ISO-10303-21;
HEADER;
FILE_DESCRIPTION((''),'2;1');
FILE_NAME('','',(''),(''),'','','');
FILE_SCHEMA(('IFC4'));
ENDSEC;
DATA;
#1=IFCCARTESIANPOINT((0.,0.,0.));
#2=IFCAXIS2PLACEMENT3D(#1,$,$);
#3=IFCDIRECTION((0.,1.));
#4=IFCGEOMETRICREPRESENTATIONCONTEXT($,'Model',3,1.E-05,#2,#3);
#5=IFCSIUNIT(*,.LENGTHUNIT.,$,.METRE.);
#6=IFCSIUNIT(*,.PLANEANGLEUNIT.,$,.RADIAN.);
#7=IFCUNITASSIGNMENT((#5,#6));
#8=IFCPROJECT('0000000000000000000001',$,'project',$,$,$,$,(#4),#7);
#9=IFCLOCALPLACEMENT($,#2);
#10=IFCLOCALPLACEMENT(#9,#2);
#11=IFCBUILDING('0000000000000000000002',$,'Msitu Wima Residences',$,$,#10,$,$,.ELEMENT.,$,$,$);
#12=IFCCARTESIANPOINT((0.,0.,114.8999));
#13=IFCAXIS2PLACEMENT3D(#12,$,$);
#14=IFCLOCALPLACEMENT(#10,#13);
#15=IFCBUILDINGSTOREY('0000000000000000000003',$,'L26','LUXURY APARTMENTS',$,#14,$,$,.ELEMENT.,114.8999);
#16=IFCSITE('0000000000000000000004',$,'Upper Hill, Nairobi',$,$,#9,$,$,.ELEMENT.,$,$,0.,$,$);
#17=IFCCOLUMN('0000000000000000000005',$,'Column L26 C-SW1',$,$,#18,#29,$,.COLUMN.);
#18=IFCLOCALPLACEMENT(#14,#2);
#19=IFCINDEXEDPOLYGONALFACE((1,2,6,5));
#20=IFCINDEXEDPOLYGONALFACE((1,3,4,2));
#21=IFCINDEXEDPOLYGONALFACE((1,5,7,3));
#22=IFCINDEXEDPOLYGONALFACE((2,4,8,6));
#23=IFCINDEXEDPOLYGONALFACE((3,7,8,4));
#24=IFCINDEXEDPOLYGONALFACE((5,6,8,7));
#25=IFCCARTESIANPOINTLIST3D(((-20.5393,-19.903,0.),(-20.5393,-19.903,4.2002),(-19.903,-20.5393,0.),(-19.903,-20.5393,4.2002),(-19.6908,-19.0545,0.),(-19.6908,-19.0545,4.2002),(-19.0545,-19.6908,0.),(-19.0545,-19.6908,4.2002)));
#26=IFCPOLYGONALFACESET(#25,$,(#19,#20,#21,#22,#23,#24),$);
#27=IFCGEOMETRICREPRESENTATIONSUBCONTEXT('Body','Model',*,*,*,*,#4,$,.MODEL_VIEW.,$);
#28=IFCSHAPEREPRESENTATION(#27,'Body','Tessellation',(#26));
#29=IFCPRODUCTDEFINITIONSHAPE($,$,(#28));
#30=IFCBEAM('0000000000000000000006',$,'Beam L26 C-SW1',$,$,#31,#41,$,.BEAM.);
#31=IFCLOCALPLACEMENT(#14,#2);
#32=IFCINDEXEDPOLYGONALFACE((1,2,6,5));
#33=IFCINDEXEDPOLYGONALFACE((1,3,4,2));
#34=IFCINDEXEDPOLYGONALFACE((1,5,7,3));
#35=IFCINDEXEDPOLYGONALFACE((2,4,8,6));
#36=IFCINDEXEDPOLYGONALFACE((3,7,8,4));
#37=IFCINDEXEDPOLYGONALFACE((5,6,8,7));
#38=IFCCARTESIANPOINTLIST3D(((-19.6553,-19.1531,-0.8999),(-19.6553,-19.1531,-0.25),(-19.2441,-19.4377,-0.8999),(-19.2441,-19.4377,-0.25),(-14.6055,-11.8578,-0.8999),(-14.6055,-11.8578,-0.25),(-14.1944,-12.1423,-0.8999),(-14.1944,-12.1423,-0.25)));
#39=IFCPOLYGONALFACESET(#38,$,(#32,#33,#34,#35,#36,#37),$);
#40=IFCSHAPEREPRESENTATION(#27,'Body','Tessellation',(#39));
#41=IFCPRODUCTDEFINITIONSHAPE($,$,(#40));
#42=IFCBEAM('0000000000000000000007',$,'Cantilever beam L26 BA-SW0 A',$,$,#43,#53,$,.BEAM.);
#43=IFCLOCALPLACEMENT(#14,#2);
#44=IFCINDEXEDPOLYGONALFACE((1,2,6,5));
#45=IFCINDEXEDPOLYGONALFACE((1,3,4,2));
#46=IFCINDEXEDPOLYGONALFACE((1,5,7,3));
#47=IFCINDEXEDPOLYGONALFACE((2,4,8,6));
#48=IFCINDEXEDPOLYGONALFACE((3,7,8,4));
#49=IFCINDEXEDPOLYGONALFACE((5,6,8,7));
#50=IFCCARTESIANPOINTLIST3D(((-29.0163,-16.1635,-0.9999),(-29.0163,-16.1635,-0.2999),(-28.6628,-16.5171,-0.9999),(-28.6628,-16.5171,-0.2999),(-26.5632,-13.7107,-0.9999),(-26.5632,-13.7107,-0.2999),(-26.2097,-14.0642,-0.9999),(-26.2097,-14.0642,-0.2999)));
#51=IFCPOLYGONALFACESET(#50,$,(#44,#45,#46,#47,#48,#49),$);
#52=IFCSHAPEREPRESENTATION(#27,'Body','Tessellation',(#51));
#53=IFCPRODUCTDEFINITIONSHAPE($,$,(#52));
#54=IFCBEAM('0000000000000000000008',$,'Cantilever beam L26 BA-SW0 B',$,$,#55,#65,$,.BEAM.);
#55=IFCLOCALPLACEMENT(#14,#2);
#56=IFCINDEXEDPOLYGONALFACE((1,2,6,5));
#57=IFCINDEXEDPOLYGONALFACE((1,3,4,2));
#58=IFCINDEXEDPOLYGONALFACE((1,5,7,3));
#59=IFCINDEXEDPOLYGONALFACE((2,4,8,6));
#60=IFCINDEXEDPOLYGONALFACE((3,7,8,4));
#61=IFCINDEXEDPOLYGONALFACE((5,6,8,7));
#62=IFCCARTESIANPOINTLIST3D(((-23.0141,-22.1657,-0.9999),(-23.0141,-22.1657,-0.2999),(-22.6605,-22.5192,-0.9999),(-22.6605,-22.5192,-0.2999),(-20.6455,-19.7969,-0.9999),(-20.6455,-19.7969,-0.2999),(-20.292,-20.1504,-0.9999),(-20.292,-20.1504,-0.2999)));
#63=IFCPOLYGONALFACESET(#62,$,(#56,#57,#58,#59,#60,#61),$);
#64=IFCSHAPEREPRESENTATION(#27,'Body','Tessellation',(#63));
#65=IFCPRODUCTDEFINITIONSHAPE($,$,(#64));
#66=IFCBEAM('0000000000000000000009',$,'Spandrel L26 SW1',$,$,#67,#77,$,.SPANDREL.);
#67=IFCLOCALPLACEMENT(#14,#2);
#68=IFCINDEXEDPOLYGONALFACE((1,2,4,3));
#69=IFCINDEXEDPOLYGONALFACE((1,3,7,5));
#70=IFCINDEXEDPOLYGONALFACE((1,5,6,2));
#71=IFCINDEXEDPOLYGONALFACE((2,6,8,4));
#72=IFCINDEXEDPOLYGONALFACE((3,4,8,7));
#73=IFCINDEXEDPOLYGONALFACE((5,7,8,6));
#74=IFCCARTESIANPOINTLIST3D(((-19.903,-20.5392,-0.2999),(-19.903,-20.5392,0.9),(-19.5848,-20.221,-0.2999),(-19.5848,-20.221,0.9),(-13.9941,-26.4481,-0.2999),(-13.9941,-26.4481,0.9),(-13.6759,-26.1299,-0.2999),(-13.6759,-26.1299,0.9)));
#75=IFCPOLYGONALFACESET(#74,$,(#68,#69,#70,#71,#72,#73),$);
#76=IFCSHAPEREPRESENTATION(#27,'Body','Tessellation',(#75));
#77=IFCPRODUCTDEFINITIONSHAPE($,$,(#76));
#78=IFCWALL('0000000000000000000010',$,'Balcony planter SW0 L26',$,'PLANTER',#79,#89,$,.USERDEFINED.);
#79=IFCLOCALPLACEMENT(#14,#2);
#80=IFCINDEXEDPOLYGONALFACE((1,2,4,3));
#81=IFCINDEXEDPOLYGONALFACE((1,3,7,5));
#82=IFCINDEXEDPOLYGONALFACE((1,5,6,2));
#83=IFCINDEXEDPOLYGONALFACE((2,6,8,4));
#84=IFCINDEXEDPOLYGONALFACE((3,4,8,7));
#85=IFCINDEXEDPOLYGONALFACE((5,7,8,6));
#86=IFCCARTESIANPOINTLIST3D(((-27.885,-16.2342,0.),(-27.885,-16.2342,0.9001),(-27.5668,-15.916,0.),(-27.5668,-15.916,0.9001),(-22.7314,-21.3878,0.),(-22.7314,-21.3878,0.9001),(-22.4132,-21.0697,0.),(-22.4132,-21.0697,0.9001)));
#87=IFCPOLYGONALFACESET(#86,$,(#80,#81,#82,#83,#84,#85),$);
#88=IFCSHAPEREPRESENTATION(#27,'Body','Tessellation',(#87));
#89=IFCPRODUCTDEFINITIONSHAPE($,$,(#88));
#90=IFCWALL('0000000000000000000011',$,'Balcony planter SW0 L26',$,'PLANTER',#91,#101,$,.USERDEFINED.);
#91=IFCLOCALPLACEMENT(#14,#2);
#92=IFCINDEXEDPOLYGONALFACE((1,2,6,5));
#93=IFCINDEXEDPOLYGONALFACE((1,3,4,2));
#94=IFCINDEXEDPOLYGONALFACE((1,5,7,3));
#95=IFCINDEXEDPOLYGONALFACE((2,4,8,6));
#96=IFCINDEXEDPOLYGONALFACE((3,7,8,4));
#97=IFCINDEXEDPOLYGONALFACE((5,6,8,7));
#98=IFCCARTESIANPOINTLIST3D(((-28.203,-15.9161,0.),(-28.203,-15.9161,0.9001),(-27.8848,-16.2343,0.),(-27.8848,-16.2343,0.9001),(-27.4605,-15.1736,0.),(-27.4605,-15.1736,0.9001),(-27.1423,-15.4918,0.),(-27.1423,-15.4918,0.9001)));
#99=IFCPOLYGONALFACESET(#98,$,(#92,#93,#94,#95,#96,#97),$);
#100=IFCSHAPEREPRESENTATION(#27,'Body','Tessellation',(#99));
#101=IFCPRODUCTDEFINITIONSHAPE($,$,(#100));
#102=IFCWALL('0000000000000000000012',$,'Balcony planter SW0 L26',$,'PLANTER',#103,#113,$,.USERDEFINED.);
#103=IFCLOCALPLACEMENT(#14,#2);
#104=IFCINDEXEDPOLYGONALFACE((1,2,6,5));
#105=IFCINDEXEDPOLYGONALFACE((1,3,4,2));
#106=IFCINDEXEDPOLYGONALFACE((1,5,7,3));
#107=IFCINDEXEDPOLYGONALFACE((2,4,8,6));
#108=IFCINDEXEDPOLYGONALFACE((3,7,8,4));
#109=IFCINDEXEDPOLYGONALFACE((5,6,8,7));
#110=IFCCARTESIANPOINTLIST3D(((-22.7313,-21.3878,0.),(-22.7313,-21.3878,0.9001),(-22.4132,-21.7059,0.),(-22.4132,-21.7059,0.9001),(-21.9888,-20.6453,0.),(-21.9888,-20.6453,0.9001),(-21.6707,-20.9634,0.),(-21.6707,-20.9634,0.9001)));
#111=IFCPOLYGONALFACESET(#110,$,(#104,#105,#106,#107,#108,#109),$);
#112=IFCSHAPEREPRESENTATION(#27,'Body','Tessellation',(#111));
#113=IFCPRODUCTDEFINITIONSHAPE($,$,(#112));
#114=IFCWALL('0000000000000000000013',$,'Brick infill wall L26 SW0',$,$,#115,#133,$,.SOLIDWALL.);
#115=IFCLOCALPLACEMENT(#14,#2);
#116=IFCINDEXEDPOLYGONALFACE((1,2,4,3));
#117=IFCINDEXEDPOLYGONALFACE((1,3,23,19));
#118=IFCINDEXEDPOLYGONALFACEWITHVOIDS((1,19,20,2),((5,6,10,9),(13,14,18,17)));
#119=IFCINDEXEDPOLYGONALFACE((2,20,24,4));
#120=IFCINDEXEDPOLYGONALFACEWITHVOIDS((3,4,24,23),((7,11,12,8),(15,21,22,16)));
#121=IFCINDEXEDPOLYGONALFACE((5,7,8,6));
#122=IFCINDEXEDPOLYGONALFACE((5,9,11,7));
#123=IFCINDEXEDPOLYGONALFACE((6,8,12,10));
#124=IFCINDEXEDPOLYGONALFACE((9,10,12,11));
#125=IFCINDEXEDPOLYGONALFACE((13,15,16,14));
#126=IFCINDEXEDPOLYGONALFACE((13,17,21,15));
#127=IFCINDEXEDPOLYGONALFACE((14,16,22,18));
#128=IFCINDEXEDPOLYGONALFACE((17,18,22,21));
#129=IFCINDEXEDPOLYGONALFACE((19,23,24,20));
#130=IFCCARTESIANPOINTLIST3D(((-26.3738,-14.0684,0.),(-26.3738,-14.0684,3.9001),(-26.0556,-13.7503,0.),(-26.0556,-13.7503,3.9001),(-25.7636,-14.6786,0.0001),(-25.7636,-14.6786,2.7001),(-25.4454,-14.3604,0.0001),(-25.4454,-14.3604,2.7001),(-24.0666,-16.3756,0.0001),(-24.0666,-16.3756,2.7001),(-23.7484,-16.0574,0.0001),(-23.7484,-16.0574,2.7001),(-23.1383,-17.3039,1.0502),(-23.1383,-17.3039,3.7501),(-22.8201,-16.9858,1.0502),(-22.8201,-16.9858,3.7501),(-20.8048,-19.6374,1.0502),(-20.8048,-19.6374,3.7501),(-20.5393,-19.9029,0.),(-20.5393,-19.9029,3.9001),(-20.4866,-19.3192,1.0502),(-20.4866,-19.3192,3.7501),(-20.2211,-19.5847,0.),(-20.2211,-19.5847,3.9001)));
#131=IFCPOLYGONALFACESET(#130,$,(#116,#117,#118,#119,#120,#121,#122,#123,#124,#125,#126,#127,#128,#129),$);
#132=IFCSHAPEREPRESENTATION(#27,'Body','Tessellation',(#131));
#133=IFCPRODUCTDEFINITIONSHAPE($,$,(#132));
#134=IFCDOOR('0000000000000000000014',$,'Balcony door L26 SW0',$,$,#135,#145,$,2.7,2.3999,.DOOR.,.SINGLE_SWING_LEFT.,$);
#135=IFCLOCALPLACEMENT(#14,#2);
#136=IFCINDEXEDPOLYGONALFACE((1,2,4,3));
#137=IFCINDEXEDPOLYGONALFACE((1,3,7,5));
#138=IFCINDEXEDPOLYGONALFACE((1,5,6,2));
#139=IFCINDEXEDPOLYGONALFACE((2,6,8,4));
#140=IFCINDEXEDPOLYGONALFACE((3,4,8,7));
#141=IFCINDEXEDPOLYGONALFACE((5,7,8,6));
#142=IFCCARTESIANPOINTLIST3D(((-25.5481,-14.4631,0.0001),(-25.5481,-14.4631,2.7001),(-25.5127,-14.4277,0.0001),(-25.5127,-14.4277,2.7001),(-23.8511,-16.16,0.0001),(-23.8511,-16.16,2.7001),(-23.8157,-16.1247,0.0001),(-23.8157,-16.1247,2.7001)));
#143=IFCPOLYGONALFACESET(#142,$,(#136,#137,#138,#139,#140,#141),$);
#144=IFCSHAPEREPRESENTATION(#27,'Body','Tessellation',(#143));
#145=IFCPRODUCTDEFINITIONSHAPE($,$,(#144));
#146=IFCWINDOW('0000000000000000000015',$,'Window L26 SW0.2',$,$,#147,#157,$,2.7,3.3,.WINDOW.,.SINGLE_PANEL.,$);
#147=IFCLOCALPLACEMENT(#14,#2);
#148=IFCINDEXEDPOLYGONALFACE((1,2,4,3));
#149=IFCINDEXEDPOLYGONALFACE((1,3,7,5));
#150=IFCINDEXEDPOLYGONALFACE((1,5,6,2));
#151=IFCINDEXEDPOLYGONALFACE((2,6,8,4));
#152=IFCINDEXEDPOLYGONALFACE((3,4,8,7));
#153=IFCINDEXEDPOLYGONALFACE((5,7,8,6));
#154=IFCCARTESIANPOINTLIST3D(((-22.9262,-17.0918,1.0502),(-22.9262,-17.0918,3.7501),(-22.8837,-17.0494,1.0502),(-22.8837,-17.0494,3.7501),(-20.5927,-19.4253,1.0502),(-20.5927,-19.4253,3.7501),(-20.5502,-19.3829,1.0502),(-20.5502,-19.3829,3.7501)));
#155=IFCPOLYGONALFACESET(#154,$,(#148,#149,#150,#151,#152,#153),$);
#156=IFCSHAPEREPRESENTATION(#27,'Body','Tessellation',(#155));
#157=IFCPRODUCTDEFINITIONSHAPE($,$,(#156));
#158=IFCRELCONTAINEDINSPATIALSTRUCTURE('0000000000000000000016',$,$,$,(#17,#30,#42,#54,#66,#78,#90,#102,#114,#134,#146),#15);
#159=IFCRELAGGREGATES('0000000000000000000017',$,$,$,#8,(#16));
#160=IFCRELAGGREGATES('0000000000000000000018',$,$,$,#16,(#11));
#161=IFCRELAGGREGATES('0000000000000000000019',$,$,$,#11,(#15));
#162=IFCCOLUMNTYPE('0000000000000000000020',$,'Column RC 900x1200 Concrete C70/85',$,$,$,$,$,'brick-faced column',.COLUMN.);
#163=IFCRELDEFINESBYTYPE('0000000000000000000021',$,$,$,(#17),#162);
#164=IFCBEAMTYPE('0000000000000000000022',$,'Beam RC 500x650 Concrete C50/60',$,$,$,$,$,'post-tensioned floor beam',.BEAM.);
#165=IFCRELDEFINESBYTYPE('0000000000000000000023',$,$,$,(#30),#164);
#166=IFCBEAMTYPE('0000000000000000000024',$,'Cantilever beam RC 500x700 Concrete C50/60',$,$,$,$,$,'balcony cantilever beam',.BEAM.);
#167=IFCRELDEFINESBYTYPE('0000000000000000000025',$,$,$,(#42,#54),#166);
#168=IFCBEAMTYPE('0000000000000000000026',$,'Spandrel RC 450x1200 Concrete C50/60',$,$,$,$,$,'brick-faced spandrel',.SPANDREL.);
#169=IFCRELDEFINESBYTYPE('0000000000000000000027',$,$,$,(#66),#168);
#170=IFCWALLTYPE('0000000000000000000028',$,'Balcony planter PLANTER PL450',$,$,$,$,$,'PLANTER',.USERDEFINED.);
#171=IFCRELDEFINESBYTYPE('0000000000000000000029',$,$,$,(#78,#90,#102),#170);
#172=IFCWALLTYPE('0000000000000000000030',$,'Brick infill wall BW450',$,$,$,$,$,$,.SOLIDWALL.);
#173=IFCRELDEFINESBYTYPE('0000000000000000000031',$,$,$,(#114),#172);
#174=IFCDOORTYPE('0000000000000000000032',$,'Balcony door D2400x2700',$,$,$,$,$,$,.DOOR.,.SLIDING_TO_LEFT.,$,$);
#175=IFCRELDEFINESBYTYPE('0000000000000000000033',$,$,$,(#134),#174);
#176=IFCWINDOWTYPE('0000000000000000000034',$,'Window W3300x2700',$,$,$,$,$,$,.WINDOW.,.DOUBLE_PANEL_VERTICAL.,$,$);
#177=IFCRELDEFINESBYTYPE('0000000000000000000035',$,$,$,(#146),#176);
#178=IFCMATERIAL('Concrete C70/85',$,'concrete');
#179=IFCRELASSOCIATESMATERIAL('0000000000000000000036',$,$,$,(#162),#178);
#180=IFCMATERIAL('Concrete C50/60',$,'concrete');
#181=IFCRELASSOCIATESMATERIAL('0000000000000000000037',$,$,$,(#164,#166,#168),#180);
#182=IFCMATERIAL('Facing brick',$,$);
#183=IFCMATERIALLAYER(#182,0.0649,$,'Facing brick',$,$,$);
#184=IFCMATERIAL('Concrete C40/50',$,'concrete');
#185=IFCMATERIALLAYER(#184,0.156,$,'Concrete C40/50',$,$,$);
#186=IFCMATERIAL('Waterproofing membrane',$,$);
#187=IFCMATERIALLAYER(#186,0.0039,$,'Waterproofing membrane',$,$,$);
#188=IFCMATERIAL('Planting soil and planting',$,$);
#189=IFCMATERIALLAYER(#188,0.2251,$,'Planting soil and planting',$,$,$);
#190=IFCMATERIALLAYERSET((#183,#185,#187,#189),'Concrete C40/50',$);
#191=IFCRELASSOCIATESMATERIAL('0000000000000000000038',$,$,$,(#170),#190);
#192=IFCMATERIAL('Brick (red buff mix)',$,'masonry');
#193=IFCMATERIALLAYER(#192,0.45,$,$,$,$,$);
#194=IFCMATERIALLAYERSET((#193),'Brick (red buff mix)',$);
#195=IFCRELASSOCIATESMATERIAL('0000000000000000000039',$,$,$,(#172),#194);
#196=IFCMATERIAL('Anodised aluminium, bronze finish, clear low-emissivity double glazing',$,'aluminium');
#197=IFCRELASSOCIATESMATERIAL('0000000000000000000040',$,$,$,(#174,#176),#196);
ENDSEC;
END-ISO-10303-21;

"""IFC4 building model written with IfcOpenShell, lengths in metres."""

from ifc_helpers import new_model, si_unit, direction, frame, frame_2d, origin, origin_2d, place, context, subcontext, project, spatial, rectangle, extrude, material, layer, layer_set, material_profile, profile_set, type_object, element, fill, save


model = new_model("IFC4")

# Units and contexts
model_context = context("Model", 3, precision=1e-05, world=origin(), true_north=direction((0.0, 1.0)))
body_context = subcontext(model_context, "Body", "Model", "MODEL_VIEW")
ifc_project = project(units=[si_unit("LENGTHUNIT", "METRE"), si_unit("PLANEANGLEUNIT", "RADIAN")], contexts=[model_context])

# Site, building, storey
site_placement = place(None, origin())
site = spatial("IfcSite", under=ifc_project, at=site_placement, Name="Upper Hill, Nairobi", CompositionType="ELEMENT", RefElevation=0.0)
building_placement = place(site_placement, origin())
building = spatial("IfcBuilding", under=site, at=building_placement, Name="Msitu Wima Residences", CompositionType="ELEMENT")
storey_placement = place(building_placement, frame((0.0, 0.0, 114.8999)))
storey = spatial("IfcBuildingStorey", under=building, at=storey_placement, Name="L26", Description="LUXURY APARTMENTS", CompositionType="ELEMENT", Elevation=114.8999)

# Column
ifc_material_1 = material(Name="Concrete C70/85", Category="concrete")
ifc_material_profile_1 = material_profile(ifc_material_1, rectangle(XDim=0.8999, YDim=1.2, at=origin_2d()), Name="RC 900x1200")
ifc_profile_set_1 = profile_set([ifc_material_profile_1], Name="Concrete C70/85")
column_type = type_object("IfcColumnType", Name="Column RC 900x1200 Concrete C70/85", ElementType="brick-faced column", PredefinedType="COLUMN", material=ifc_profile_set_1)
column_placement = place(storey_placement, frame((-19.7969, -19.7969, 0.0), z_axis=(0.0, 0.0, 1.0), x_axis=(0.707107, -0.707107, 0.0)))
element("IfcColumn", 1, at=column_placement, inside=storey, type_object=column_type, Name="Column L26 C-SW1", PredefinedType="COLUMN", context=body_context, shape_type="SweptSolid", body=[
    extrude(rectangle(XDim=0.8999, YDim=1.2, at=origin_2d()), origin(), (0.0, 0.0, 1.0), 4.2002),
])

# Beams
ifc_material_2 = material(Name="Concrete C50/60", Category="concrete")
ifc_material_profile_2 = material_profile(ifc_material_2, rectangle(XDim=0.5, YDim=0.6499, at=origin_2d()), Name="RC 500x650")
ifc_profile_set_2 = profile_set([ifc_material_profile_2], Name="Concrete C50/60")
beam_type_1 = type_object("IfcBeamType", Name="Beam RC 500x650 Concrete C50/60", ElementType="post-tensioned floor beam", PredefinedType="BEAM", material=ifc_profile_set_2)
beam_1_placement = place(storey_placement, frame((-19.4497, -19.2954, -0.575), z_axis=(0.569144, 0.822238, 0.0), x_axis=(-0.822238, 0.569144, 0.0)))
element("IfcBeam", 2, at=beam_1_placement, inside=storey, type_object=beam_type_1, Name="Beam L26 C-SW1", PredefinedType="BEAM", context=body_context, shape_type="SweptSolid", body=[
    extrude(rectangle(XDim=0.5, YDim=0.6499, at=origin_2d()), origin(), (0.0, 0.0, 1.0), 8.8726),
])
ifc_material_profile_3 = material_profile(ifc_material_2, rectangle(XDim=0.5, YDim=0.7, at=origin_2d()), Name="RC 500x700")
ifc_profile_set_3 = profile_set([ifc_material_profile_3], Name="Concrete C50/60")
beam_type_2 = type_object("IfcBeamType", Name="Cantilever beam RC 500x700 Concrete C50/60", ElementType="balcony cantilever beam", PredefinedType="BEAM", material=ifc_profile_set_3)
beam_2_placement = place(storey_placement, frame((-26.3865, -13.8875, -0.6499), z_axis=(-0.707142, -0.707072, 0.0), x_axis=(0.707072, -0.707142, 0.0)))
element("IfcBeam", 3, at=beam_2_placement, inside=storey, type_object=beam_type_2, Name="Cantilever beam L26 BA-SW0 A", PredefinedType="BEAM", context=body_context, shape_type="SweptSolid", body=[
    extrude(rectangle(XDim=0.5, YDim=0.7, at=origin_2d()), origin(), (0.0, 0.0, 1.0), 3.469),
])
beam_3_placement = place(storey_placement, frame((-20.4688, -19.9736, -0.6499), z_axis=(-0.70707, -0.707143, 0.0), x_axis=(0.707143, -0.70707, 0.0)))
element("IfcBeam", 4, at=beam_3_placement, inside=storey, type_object=beam_type_2, Name="Cantilever beam L26 BA-SW0 B", PredefinedType="BEAM", context=body_context, shape_type="SweptSolid", body=[
    extrude(rectangle(XDim=0.5, YDim=0.7, at=origin_2d()), origin(), (0.0, 0.0, 1.0), 3.3499),
])
ifc_material_profile_4 = material_profile(ifc_material_2, rectangle(XDim=0.45, YDim=1.2, at=origin_2d()), Name="RC 450x1200")
ifc_profile_set_4 = profile_set([ifc_material_profile_4], Name="Concrete C50/60")
beam_type_3 = type_object("IfcBeamType", Name="Spandrel RC 450x1200 Concrete C50/60", ElementType="brick-faced spandrel", PredefinedType="SPANDREL", material=ifc_profile_set_4)
beam_4_placement = place(storey_placement, frame((-19.7439, -20.3801, 0.3), z_axis=(0.707107, -0.707107, 0.0), x_axis=(0.707107, 0.707107, 0.0)))
element("IfcBeam", 5, at=beam_4_placement, inside=storey, type_object=beam_type_3, Name="Spandrel L26 SW1", PredefinedType="SPANDREL", context=body_context, shape_type="SweptSolid", body=[
    extrude(rectangle(XDim=0.45, YDim=1.2, at=origin_2d()), origin(), (0.0, 0.0, 1.0), 8.3564),
])

# Walls
ifc_material_3 = material(Name="Facing brick")
ifc_layer_1 = layer(ifc_material_3, 0.0649, Name="Facing brick")
ifc_material_4 = material(Name="Concrete C40/50", Category="concrete")
ifc_layer_2 = layer(ifc_material_4, 0.156, Name="Concrete C40/50")
ifc_material_5 = material(Name="Waterproofing membrane")
ifc_layer_3 = layer(ifc_material_5, 0.0039, Name="Waterproofing membrane")
ifc_material_6 = material(Name="Planting soil and planting")
ifc_layer_4 = layer(ifc_material_6, 0.2251, Name="Planting soil and planting")
ifc_layer_set_1 = layer_set([ifc_layer_1, ifc_layer_2, ifc_layer_3, ifc_layer_4], Name="Concrete C40/50")
wall_type_1 = type_object("IfcWallType", Name="Balcony planter PLANTER PL450", ElementType="PLANTER", PredefinedType="USERDEFINED", material=ifc_layer_set_1)
wall_1_placement = place(storey_placement, frame((-27.7258, -16.0752, 0.0), z_axis=(0.0, 0.0, 1.0), x_axis=(0.707107, -0.707107, 0.0)))
element("IfcWall", 6, at=wall_1_placement, inside=storey, type_object=wall_type_1, Name="Balcony planter SW0 L26", ObjectType="PLANTER", PredefinedType="USERDEFINED", context=body_context, shape_type="SweptSolid", body=[
    extrude(rectangle(XDim=7.2883, YDim=0.45, at=frame_2d((3.644, 0.0))), origin(), (0.0, 0.0, 1.0), 0.9001),
])
for number, where, z_axis, x_axis, name in (
    (7, (-27.3015, -15.3328, 0.0), (0.0, 0.0, 1.0), (-0.707107, -0.707107, 0.0), "Balcony planter SW0 L26"),
    (8, (-21.8298, -20.8044, 0.0), (0.0, 0.0, 1.0), (-0.707107, -0.707107, 0.0), "Balcony planter SW0 L26"),
):
    element("IfcWall", number, at=place(storey_placement, frame(where, z_axis=z_axis, x_axis=x_axis)), inside=storey, type_object=wall_type_1, Name=name, ObjectType="PLANTER", PredefinedType="USERDEFINED", context=body_context, shape_type="SweptSolid", body=[
        extrude(rectangle(XDim=1.05, YDim=0.45, at=frame_2d((0.5249, 0.0))), origin(), (0.0, 0.0, 1.0), 0.9001),
    ])

# Wall, openings, door, window
ifc_material_7 = material(Name="Brick (red buff mix)", Category="masonry")
ifc_layer_5 = layer(ifc_material_7, 0.45)
ifc_layer_set_2 = layer_set([ifc_layer_5], Name="Brick (red buff mix)")
wall_type_2 = type_object("IfcWallType", Name="Brick infill wall BW450", PredefinedType="SOLIDWALL", material=ifc_layer_set_2)
wall_2_placement = place(storey_placement, frame((-26.2146, -13.9094, 0.0), z_axis=(0.0, 0.0, 1.0), x_axis=(0.707107, -0.707107, 0.0)))
wall_2 = element("IfcWall", 9, at=wall_2_placement, inside=storey, type_object=wall_type_2, Name="Brick infill wall L26 SW0", PredefinedType="SOLIDWALL", context=body_context, shape_type="SweptSolid", body=[
    extrude(rectangle(XDim=8.2512, YDim=0.45, at=frame_2d((4.1255, 0.0))), origin(), (0.0, 0.0, 1.0), 3.9001),
])
opening_1_placement = place(wall_2_placement, frame((0.8628, 0.0, 0.0)))
opening_1 = element("IfcOpeningElement", 10, at=opening_1_placement, cuts=wall_2, PredefinedType="OPENING", context=body_context, shape_type="SweptSolid", body=[
    extrude(rectangle(XDim=2.3999, YDim=2.7, at=frame_2d((1.2, 1.3501))), frame((0.0, 0.2349, 0.0), z_axis=(0.0, -1.0, 0.0), x_axis=(1.0, 0.0, 0.0)), (0.0, 0.0, 1.0), 0.47),
])
opening_2_placement = place(wall_2_placement, frame((4.5757, 0.0, 1.05)))
opening_2 = element("IfcOpeningElement", 11, at=opening_2_placement, cuts=wall_2, PredefinedType="OPENING", context=body_context, shape_type="SweptSolid", body=[
    extrude(rectangle(XDim=3.3, YDim=2.7, at=frame_2d((1.6499, 1.3501))), frame((0.0, 0.2349, 0.0), z_axis=(0.0, -1.0, 0.0), x_axis=(1.0, 0.0, 0.0)), (0.0, 0.0, 1.0), 0.47),
])
ifc_material_8 = material(Name="Anodised aluminium, bronze finish, clear low-emissivity double glazing", Category="aluminium")
door_type_1 = type_object("IfcDoorType", Name="Balcony door D2400x2700", OperationType="SLIDING_TO_LEFT", PredefinedType="DOOR", material=ifc_material_8)
door_1_placement = place(opening_1_placement, origin())
door_1 = element("IfcDoor", 12, at=door_1_placement, inside=storey, type_object=door_type_1, Name="Balcony door L26 SW0", OperationType="SINGLE_SWING_LEFT", OverallHeight=2.7, OverallWidth=2.3999, PredefinedType="DOOR", context=body_context, shape_type="SweptSolid", body=[
    extrude(rectangle(XDim=2.3999, YDim=2.7, at=frame_2d((1.2, 1.3501))), frame((0.0, 0.1299, 0.0), z_axis=(0.0, -1.0, 0.0), x_axis=(1.0, 0.0, 0.0)), (0.0, 0.0, 1.0), 0.05),
])
fill(opening_1, door_1)
window_type = type_object("IfcWindowType", Name="Window W3300x2700", PartitioningType="DOUBLE_PANEL_VERTICAL", PredefinedType="WINDOW", material=ifc_material_8)
window_1_placement = place(opening_2_placement, origin())
window_1 = element("IfcWindow", 13, at=window_1_placement, inside=storey, type_object=window_type, Name="Window L26 SW0.2", OverallHeight=2.7, OverallWidth=3.3, PartitioningType="SINGLE_PANEL", PredefinedType="WINDOW", context=body_context, shape_type="SweptSolid", body=[
    extrude(rectangle(XDim=3.3, YDim=2.7, at=frame_2d((1.6499, 1.3501))), frame((0.0, 0.135, 0.0), z_axis=(0.0, -1.0, 0.0), x_axis=(1.0, 0.0, 0.0)), (0.0, 0.0, 1.0), 0.0601),
])
fill(opening_2, window_1)

save(model, "model.ifc")
